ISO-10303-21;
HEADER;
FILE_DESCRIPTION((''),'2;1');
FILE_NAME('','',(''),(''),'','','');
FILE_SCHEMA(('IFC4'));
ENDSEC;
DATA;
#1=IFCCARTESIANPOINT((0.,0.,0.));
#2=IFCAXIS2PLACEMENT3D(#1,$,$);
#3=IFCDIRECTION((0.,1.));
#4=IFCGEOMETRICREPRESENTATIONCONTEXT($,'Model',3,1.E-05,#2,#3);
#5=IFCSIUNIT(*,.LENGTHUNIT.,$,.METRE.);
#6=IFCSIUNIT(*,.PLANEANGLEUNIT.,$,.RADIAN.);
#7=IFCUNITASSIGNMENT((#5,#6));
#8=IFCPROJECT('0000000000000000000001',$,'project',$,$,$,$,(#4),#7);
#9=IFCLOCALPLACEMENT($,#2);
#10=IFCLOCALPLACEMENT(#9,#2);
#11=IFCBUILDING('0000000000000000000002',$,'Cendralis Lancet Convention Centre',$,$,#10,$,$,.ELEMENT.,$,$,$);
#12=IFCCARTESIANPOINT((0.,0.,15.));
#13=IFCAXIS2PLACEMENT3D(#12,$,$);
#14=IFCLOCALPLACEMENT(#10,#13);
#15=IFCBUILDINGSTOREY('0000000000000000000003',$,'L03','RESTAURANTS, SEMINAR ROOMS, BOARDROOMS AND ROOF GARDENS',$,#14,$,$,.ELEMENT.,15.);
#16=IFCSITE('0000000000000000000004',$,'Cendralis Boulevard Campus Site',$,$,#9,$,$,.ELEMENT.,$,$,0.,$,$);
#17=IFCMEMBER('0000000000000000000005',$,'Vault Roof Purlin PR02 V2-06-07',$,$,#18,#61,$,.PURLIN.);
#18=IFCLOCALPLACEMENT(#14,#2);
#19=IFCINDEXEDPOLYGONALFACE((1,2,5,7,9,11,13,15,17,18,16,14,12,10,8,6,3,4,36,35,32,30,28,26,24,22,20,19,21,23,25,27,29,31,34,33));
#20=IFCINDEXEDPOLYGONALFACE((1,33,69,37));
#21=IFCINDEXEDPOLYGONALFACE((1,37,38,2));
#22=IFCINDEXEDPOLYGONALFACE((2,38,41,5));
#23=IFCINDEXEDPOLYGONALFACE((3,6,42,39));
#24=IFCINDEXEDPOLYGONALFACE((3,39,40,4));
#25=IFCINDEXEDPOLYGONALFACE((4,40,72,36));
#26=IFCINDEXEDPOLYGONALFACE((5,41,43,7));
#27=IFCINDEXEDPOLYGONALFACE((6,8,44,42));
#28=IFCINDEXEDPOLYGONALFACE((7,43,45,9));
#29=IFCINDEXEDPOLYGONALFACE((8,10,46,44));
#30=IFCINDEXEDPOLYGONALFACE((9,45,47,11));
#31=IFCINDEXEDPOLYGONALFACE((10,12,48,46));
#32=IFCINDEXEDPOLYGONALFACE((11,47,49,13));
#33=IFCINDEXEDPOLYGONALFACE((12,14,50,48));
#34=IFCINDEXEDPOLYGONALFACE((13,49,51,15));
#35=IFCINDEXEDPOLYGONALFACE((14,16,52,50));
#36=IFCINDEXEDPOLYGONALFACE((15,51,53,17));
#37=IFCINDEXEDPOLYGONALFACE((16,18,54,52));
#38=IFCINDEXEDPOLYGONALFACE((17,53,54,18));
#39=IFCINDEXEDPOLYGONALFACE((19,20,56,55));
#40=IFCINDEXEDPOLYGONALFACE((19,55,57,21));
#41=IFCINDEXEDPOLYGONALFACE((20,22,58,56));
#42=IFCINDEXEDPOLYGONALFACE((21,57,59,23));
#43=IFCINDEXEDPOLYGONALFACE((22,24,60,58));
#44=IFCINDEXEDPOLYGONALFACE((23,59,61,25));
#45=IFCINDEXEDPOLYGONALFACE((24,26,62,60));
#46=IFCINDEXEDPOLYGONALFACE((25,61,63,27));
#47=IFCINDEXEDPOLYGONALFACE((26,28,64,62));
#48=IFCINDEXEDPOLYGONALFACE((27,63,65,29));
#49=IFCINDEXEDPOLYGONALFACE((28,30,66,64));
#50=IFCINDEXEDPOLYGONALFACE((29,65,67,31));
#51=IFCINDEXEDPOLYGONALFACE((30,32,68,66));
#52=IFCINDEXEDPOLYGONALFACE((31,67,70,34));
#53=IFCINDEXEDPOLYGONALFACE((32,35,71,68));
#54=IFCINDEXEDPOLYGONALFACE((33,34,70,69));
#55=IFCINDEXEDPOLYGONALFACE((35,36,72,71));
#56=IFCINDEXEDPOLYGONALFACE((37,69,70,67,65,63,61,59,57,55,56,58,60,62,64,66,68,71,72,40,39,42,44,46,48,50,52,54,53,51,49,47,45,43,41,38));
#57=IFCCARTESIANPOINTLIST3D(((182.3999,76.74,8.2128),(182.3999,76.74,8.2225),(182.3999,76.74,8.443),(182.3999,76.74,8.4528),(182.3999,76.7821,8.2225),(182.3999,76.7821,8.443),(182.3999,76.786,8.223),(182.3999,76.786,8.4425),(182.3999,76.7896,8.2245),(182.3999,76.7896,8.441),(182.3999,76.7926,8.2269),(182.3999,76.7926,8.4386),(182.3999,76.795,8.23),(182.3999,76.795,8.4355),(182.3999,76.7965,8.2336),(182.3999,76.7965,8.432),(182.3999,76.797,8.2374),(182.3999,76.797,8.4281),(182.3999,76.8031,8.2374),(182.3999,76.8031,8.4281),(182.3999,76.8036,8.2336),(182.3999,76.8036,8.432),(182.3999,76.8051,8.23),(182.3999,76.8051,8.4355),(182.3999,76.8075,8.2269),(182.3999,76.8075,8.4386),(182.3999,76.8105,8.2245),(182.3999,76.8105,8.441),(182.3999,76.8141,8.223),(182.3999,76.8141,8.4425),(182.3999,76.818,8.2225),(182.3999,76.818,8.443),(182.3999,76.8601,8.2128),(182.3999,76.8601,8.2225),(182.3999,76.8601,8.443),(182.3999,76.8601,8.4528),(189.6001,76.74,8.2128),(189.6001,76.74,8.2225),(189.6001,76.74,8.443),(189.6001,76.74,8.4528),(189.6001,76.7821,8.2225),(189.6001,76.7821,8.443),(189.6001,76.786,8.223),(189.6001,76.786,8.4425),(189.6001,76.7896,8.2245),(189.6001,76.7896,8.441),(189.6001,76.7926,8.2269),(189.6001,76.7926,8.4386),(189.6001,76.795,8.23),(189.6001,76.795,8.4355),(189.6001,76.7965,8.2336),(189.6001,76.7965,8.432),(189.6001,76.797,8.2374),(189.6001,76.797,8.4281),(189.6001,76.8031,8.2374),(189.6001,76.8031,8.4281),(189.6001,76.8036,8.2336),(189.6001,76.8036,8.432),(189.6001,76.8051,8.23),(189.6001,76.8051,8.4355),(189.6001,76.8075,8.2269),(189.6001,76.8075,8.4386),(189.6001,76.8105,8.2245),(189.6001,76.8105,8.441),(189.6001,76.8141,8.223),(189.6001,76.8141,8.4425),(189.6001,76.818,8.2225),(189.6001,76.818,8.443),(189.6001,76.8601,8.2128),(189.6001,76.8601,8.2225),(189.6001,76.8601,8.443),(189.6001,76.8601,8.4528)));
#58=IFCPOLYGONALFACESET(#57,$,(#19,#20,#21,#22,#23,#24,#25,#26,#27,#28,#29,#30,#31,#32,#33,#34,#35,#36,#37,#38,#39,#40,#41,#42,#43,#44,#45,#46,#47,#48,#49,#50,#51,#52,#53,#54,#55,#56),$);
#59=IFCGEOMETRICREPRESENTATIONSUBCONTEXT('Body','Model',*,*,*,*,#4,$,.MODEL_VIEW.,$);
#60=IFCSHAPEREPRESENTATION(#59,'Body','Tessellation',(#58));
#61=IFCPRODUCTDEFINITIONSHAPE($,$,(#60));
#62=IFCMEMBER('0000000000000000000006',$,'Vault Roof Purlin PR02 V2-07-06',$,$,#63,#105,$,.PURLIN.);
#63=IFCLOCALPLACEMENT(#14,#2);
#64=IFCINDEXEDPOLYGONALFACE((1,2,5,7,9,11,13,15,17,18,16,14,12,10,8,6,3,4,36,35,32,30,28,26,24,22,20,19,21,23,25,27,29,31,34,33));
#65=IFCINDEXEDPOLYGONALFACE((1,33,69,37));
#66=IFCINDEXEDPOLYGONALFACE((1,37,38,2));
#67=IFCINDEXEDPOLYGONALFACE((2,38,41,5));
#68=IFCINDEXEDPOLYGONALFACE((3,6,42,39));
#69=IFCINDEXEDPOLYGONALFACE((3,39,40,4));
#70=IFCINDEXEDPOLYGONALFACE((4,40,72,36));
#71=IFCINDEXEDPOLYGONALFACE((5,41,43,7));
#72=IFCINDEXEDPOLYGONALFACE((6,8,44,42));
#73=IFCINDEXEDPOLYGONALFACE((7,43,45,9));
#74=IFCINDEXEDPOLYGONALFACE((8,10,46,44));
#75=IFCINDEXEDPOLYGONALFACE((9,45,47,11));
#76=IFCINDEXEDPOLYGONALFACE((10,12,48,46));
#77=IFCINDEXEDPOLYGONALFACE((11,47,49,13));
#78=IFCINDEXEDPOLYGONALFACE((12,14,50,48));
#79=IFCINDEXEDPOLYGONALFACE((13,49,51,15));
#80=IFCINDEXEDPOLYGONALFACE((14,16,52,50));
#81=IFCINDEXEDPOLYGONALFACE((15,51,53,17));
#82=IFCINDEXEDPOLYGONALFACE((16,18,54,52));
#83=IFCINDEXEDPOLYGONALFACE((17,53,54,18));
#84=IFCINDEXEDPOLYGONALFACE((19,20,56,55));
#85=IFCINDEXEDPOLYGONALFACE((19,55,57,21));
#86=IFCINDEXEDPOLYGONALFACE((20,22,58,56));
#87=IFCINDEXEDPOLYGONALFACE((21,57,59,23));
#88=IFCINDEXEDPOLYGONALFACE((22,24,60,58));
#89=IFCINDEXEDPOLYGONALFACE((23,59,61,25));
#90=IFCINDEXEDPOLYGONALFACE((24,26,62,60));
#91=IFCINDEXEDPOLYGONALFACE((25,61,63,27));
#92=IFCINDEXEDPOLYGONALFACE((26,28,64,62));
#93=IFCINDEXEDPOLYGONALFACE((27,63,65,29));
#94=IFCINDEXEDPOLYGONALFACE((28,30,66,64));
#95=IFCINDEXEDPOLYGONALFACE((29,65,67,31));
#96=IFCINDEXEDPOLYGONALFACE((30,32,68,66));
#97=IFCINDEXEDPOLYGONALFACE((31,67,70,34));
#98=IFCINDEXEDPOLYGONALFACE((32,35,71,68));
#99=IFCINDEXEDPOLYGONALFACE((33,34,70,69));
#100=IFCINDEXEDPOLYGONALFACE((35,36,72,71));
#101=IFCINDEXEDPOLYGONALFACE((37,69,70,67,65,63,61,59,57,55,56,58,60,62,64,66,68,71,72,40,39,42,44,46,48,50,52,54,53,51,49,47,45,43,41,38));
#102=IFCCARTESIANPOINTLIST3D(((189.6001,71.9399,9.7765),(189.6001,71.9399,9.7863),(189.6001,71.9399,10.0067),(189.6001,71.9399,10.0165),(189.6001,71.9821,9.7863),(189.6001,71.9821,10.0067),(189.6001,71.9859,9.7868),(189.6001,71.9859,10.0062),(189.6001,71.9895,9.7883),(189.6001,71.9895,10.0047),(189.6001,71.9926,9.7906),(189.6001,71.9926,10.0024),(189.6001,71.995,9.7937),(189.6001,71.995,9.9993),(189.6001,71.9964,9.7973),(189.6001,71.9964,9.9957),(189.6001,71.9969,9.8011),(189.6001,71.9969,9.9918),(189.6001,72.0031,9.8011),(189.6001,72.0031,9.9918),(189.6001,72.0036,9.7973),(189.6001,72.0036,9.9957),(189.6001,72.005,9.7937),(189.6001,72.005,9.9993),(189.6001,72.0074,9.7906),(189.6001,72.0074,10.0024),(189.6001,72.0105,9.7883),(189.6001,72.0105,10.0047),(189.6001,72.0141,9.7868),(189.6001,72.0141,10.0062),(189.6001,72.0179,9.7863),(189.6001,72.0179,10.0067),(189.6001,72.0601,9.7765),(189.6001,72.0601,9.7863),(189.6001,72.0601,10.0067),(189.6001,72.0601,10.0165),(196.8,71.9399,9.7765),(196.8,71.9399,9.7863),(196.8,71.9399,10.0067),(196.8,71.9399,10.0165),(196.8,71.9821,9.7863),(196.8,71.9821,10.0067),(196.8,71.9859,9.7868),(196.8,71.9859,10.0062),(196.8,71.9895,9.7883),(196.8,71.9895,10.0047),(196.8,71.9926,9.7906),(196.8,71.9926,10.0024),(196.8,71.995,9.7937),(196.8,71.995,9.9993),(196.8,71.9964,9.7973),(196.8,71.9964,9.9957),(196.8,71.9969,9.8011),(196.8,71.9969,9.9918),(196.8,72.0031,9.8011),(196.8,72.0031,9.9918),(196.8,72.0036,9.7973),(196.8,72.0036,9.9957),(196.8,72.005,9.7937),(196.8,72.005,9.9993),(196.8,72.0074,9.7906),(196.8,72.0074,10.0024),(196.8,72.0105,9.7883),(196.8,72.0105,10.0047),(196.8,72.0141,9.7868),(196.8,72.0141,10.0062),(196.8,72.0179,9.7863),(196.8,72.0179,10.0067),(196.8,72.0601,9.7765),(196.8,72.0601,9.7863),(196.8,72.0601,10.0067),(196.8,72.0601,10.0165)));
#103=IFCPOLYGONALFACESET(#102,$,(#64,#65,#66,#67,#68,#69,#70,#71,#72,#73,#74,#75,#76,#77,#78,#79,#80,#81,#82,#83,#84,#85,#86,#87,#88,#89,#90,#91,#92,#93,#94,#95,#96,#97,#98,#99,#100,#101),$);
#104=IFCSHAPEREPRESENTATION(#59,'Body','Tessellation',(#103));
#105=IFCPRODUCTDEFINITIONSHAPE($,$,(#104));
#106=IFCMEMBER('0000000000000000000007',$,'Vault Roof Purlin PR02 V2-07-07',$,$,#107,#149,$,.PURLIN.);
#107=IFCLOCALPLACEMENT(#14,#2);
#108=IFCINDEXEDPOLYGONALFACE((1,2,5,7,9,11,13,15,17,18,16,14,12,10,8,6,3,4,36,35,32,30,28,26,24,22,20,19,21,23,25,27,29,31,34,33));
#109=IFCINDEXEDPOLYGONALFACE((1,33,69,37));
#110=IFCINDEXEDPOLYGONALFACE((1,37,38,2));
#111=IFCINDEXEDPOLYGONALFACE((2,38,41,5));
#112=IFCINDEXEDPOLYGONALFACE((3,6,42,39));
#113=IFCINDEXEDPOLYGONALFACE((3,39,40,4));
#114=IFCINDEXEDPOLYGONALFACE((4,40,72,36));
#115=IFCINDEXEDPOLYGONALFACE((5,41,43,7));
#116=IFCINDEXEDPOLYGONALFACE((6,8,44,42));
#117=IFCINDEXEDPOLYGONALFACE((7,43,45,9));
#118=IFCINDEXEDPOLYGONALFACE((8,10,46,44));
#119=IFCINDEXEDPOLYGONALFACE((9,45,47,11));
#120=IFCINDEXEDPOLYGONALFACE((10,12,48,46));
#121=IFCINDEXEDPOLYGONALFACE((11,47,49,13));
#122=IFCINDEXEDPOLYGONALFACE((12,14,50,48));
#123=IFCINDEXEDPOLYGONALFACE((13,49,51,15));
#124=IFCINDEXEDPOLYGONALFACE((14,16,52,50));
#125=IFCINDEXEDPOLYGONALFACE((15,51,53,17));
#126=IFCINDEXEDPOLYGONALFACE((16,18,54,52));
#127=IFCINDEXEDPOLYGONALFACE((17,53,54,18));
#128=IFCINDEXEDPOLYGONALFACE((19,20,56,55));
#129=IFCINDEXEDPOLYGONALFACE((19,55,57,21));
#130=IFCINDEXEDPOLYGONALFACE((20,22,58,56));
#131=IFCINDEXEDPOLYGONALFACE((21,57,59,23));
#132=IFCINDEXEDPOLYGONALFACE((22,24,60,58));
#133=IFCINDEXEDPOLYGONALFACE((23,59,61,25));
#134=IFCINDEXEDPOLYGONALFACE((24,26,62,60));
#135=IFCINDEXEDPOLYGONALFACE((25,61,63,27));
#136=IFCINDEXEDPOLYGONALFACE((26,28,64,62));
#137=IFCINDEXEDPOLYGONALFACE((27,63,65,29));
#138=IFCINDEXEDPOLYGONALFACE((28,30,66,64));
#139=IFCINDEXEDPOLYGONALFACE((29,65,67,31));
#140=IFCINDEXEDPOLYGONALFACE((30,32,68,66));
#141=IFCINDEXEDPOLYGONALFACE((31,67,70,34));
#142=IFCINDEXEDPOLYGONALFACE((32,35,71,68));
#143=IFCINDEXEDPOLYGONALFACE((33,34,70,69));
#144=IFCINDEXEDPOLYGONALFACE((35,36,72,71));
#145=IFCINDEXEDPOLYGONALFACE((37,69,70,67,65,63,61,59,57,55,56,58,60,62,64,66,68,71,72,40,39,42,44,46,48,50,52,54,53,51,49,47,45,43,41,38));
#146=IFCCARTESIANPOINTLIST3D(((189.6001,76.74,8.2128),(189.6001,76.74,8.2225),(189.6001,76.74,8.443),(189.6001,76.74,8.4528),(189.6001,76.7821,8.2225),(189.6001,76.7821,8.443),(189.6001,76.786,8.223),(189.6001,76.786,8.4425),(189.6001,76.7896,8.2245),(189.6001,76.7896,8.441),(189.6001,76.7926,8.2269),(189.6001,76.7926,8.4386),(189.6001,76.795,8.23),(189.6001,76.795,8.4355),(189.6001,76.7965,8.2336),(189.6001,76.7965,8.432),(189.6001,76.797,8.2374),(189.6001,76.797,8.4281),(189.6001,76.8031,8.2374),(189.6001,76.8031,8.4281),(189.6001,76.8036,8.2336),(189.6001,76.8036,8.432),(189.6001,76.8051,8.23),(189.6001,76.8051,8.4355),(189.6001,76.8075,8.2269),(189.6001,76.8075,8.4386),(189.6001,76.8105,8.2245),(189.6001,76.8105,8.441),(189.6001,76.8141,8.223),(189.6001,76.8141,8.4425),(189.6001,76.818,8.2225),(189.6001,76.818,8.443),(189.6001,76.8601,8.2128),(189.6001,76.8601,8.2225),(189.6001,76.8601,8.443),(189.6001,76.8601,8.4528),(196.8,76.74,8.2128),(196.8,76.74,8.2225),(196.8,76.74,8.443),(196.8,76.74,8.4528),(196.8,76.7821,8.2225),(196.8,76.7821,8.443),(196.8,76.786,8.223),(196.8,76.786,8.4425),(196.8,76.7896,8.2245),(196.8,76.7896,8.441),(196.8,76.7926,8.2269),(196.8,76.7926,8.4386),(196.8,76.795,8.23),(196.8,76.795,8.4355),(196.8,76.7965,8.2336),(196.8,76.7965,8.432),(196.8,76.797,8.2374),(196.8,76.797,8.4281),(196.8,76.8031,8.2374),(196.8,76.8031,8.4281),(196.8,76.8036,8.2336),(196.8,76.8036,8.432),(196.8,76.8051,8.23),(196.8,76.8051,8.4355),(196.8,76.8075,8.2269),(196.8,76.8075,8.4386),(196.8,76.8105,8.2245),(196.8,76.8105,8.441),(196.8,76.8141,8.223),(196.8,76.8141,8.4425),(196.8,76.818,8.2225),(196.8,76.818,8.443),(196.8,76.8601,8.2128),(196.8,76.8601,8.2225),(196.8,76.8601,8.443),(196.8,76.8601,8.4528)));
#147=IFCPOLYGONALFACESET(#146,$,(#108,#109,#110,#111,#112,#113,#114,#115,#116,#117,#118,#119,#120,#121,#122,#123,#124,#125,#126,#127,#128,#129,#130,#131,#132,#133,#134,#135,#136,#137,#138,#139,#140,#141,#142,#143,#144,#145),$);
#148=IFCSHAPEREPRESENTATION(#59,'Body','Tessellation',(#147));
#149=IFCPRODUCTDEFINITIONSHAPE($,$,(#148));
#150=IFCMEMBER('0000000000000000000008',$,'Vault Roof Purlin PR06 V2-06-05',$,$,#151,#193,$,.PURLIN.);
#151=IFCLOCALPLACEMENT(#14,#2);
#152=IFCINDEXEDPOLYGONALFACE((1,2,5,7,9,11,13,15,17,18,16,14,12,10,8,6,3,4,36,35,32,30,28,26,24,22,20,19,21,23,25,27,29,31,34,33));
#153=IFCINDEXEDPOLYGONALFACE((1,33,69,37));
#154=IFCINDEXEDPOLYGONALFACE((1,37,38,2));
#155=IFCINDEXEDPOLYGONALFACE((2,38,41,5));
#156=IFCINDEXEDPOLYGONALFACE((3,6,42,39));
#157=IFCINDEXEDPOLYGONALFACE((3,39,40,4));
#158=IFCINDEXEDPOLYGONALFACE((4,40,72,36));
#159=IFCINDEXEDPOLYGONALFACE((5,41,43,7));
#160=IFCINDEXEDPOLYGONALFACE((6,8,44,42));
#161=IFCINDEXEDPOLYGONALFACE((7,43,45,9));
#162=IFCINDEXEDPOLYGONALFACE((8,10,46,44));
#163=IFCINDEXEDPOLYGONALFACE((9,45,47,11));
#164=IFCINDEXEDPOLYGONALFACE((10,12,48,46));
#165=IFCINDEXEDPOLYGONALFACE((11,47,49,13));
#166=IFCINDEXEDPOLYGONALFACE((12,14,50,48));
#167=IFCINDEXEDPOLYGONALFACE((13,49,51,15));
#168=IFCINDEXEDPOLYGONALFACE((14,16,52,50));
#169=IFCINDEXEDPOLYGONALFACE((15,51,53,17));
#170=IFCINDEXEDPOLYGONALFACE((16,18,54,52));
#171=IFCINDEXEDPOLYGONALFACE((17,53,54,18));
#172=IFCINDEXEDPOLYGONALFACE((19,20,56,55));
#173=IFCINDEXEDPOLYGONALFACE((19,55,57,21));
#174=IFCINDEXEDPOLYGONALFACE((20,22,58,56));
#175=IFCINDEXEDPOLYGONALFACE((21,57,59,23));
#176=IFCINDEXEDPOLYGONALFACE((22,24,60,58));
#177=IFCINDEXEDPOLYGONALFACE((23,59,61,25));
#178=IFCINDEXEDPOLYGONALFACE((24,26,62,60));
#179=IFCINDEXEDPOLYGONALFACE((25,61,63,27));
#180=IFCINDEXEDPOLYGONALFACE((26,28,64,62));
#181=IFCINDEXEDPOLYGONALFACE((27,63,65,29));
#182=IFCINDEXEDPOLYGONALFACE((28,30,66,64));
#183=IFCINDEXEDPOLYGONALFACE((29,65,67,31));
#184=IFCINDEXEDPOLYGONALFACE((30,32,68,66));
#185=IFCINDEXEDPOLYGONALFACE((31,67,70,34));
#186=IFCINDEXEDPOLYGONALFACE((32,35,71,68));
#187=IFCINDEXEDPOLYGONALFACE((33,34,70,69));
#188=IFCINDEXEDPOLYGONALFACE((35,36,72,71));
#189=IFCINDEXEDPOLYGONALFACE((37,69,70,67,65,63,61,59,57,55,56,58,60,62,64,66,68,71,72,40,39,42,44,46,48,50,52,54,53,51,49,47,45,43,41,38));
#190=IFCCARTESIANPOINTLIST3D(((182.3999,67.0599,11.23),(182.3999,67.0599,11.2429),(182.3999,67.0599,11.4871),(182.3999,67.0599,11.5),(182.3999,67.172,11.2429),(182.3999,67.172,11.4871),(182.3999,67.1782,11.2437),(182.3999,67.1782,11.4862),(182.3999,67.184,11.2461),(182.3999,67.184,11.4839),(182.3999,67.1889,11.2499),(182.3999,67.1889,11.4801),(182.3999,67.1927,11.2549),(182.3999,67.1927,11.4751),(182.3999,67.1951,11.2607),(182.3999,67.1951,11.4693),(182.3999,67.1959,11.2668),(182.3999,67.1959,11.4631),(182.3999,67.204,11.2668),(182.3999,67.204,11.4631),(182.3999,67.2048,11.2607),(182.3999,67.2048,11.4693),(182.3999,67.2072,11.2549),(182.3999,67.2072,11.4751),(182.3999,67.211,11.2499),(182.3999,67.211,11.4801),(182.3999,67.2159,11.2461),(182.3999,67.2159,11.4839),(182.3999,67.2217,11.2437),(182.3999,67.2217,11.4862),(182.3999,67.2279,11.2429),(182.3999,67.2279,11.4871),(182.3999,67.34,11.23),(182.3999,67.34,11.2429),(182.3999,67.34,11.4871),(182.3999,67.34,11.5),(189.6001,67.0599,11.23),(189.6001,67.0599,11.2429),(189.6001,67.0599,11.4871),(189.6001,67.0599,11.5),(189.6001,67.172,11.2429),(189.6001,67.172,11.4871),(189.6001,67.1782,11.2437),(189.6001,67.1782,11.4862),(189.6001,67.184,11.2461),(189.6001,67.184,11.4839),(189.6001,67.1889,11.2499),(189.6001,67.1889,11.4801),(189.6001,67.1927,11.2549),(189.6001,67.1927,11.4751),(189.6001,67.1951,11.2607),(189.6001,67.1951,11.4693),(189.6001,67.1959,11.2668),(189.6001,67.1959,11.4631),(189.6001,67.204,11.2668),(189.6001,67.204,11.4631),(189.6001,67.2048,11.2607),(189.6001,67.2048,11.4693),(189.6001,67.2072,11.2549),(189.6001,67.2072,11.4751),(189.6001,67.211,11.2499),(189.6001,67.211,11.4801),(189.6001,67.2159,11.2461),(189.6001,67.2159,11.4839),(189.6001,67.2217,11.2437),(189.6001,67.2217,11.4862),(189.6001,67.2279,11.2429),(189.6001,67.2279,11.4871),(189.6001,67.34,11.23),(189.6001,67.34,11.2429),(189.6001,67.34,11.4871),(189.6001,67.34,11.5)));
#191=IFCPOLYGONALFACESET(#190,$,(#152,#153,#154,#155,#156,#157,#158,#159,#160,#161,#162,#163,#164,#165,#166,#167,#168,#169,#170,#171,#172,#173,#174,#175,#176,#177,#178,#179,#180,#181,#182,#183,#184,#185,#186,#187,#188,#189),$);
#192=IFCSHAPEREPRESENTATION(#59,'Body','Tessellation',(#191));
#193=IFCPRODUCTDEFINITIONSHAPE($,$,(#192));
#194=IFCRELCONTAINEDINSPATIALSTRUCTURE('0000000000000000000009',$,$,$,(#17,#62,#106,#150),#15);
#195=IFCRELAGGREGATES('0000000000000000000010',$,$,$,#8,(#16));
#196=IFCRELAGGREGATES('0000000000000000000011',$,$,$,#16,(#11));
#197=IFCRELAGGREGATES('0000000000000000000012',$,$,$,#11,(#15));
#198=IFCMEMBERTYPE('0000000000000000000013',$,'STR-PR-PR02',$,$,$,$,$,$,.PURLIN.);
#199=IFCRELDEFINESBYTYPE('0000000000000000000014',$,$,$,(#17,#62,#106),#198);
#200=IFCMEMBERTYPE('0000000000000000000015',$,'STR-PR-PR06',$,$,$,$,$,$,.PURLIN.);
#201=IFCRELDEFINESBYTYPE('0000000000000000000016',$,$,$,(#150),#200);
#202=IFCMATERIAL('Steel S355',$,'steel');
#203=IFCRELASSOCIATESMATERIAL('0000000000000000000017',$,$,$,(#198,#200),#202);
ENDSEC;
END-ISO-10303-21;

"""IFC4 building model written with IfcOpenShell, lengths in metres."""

from ifc_helpers import new_model, si_unit, direction, frame, origin, origin_2d, place, context, subcontext, project, spatial, i_section, extrude, material, material_profile, profile_set, type_object, element, save


model = new_model("IFC4")

# Units and contexts
model_context = context("Model", 3, precision=1e-05, world=origin(), true_north=direction((0.0, 1.0)))
body_context = subcontext(model_context, "Body", "Model", "MODEL_VIEW")
ifc_project = project(units=[si_unit("LENGTHUNIT", "METRE"), si_unit("PLANEANGLEUNIT", "RADIAN")], contexts=[model_context])

# Site, building, storey
site_placement = place(None, origin())
site = spatial("IfcSite", under=ifc_project, at=site_placement, Name="Cendralis Boulevard Campus Site", CompositionType="ELEMENT", RefElevation=0.0)
building_placement = place(site_placement, origin())
building = spatial("IfcBuilding", under=site, at=building_placement, Name="Cendralis Lancet Convention Centre", CompositionType="ELEMENT")
storey_placement = place(building_placement, frame((0.0, 0.0, 15.0)))
storey = spatial("IfcBuildingStorey", under=building, at=storey_placement, Name="L03", Description="RESTAURANTS, SEMINAR ROOMS, BOARDROOMS AND ROOF GARDENS", CompositionType="ELEMENT", Elevation=15.0)

# Shared definitions
ifc_material = material(Name="Steel S355", Category="steel")

# Members
ifc_material_profile_1 = material_profile(ifc_material, i_section(OverallWidth=0.1201, OverallDepth=0.24, WebThickness=0.0061, FlangeThickness=0.0098, FilletRadius=0.0149, at=origin_2d()), Name="IPE 240")
ifc_profile_set_1 = profile_set([ifc_material_profile_1], Name="Steel S355")
member_type_1 = type_object("IfcMemberType", Name="STR-PR-PR02", PredefinedType="PURLIN", material=ifc_profile_set_1)
for number, where, z_axis, x_axis, name in (
    (1, (182.3999, 76.8, 8.3328), (1.0, 0.0, 0.0), (0.0, 1.0, 0.0), "Vault Roof Purlin PR02 V2-06-07"),
):
    element("IfcMember", number, at=place(storey_placement, frame(where, z_axis=z_axis, x_axis=x_axis)), inside=storey, type_object=member_type_1, Name=name, PredefinedType="PURLIN", context=body_context, shape_type="SweptSolid", body=[
        extrude(i_section(OverallWidth=0.1201, OverallDepth=0.24, WebThickness=0.0061, FlangeThickness=0.0098, FilletRadius=0.0149, at=origin_2d()), origin(), (0.0, 0.0, 1.0), 7.2002),
    ])
for number, where, z_axis, x_axis, name in (
    (2, (189.6001, 72.0, 9.8965), (1.0, 0.0, 0.0), (0.0, 1.0, 0.0), "Vault Roof Purlin PR02 V2-07-06"),
    (3, (189.6001, 76.8, 8.3328), (1.0, 0.0, 0.0), (0.0, 1.0, 0.0), "Vault Roof Purlin PR02 V2-07-07"),
):
    element("IfcMember", number, at=place(storey_placement, frame(where, z_axis=z_axis, x_axis=x_axis)), inside=storey, type_object=member_type_1, Name=name, PredefinedType="PURLIN", context=body_context, shape_type="SweptSolid", body=[
        extrude(i_section(OverallWidth=0.1201, OverallDepth=0.24, WebThickness=0.0061, FlangeThickness=0.0098, FilletRadius=0.0149, at=origin_2d()), origin(), (0.0, 0.0, 1.0), 7.2),
    ])
ifc_material_profile_2 = material_profile(ifc_material, i_section(OverallWidth=0.28, OverallDepth=0.27, WebThickness=0.0081, FlangeThickness=0.0129, FilletRadius=0.0239, at=origin_2d()), Name="HEA 280")
ifc_profile_set_2 = profile_set([ifc_material_profile_2], Name="Steel S355")
member_type_2 = type_object("IfcMemberType", Name="STR-PR-PR06", PredefinedType="PURLIN", material=ifc_profile_set_2)
member_1_placement = place(storey_placement, frame((182.3999, 67.2, 11.365), z_axis=(1.0, 0.0, 0.0), x_axis=(0.0, 1.0, 0.0)))
element("IfcMember", 4, at=member_1_placement, inside=storey, type_object=member_type_2, Name="Vault Roof Purlin PR06 V2-06-05", PredefinedType="PURLIN", context=body_context, shape_type="SweptSolid", body=[
    extrude(i_section(OverallWidth=0.28, OverallDepth=0.27, WebThickness=0.0081, FlangeThickness=0.0129, FilletRadius=0.0239, at=origin_2d()), origin(), (0.0, 0.0, 1.0), 7.2002),
])

save(model, "model.ifc")
